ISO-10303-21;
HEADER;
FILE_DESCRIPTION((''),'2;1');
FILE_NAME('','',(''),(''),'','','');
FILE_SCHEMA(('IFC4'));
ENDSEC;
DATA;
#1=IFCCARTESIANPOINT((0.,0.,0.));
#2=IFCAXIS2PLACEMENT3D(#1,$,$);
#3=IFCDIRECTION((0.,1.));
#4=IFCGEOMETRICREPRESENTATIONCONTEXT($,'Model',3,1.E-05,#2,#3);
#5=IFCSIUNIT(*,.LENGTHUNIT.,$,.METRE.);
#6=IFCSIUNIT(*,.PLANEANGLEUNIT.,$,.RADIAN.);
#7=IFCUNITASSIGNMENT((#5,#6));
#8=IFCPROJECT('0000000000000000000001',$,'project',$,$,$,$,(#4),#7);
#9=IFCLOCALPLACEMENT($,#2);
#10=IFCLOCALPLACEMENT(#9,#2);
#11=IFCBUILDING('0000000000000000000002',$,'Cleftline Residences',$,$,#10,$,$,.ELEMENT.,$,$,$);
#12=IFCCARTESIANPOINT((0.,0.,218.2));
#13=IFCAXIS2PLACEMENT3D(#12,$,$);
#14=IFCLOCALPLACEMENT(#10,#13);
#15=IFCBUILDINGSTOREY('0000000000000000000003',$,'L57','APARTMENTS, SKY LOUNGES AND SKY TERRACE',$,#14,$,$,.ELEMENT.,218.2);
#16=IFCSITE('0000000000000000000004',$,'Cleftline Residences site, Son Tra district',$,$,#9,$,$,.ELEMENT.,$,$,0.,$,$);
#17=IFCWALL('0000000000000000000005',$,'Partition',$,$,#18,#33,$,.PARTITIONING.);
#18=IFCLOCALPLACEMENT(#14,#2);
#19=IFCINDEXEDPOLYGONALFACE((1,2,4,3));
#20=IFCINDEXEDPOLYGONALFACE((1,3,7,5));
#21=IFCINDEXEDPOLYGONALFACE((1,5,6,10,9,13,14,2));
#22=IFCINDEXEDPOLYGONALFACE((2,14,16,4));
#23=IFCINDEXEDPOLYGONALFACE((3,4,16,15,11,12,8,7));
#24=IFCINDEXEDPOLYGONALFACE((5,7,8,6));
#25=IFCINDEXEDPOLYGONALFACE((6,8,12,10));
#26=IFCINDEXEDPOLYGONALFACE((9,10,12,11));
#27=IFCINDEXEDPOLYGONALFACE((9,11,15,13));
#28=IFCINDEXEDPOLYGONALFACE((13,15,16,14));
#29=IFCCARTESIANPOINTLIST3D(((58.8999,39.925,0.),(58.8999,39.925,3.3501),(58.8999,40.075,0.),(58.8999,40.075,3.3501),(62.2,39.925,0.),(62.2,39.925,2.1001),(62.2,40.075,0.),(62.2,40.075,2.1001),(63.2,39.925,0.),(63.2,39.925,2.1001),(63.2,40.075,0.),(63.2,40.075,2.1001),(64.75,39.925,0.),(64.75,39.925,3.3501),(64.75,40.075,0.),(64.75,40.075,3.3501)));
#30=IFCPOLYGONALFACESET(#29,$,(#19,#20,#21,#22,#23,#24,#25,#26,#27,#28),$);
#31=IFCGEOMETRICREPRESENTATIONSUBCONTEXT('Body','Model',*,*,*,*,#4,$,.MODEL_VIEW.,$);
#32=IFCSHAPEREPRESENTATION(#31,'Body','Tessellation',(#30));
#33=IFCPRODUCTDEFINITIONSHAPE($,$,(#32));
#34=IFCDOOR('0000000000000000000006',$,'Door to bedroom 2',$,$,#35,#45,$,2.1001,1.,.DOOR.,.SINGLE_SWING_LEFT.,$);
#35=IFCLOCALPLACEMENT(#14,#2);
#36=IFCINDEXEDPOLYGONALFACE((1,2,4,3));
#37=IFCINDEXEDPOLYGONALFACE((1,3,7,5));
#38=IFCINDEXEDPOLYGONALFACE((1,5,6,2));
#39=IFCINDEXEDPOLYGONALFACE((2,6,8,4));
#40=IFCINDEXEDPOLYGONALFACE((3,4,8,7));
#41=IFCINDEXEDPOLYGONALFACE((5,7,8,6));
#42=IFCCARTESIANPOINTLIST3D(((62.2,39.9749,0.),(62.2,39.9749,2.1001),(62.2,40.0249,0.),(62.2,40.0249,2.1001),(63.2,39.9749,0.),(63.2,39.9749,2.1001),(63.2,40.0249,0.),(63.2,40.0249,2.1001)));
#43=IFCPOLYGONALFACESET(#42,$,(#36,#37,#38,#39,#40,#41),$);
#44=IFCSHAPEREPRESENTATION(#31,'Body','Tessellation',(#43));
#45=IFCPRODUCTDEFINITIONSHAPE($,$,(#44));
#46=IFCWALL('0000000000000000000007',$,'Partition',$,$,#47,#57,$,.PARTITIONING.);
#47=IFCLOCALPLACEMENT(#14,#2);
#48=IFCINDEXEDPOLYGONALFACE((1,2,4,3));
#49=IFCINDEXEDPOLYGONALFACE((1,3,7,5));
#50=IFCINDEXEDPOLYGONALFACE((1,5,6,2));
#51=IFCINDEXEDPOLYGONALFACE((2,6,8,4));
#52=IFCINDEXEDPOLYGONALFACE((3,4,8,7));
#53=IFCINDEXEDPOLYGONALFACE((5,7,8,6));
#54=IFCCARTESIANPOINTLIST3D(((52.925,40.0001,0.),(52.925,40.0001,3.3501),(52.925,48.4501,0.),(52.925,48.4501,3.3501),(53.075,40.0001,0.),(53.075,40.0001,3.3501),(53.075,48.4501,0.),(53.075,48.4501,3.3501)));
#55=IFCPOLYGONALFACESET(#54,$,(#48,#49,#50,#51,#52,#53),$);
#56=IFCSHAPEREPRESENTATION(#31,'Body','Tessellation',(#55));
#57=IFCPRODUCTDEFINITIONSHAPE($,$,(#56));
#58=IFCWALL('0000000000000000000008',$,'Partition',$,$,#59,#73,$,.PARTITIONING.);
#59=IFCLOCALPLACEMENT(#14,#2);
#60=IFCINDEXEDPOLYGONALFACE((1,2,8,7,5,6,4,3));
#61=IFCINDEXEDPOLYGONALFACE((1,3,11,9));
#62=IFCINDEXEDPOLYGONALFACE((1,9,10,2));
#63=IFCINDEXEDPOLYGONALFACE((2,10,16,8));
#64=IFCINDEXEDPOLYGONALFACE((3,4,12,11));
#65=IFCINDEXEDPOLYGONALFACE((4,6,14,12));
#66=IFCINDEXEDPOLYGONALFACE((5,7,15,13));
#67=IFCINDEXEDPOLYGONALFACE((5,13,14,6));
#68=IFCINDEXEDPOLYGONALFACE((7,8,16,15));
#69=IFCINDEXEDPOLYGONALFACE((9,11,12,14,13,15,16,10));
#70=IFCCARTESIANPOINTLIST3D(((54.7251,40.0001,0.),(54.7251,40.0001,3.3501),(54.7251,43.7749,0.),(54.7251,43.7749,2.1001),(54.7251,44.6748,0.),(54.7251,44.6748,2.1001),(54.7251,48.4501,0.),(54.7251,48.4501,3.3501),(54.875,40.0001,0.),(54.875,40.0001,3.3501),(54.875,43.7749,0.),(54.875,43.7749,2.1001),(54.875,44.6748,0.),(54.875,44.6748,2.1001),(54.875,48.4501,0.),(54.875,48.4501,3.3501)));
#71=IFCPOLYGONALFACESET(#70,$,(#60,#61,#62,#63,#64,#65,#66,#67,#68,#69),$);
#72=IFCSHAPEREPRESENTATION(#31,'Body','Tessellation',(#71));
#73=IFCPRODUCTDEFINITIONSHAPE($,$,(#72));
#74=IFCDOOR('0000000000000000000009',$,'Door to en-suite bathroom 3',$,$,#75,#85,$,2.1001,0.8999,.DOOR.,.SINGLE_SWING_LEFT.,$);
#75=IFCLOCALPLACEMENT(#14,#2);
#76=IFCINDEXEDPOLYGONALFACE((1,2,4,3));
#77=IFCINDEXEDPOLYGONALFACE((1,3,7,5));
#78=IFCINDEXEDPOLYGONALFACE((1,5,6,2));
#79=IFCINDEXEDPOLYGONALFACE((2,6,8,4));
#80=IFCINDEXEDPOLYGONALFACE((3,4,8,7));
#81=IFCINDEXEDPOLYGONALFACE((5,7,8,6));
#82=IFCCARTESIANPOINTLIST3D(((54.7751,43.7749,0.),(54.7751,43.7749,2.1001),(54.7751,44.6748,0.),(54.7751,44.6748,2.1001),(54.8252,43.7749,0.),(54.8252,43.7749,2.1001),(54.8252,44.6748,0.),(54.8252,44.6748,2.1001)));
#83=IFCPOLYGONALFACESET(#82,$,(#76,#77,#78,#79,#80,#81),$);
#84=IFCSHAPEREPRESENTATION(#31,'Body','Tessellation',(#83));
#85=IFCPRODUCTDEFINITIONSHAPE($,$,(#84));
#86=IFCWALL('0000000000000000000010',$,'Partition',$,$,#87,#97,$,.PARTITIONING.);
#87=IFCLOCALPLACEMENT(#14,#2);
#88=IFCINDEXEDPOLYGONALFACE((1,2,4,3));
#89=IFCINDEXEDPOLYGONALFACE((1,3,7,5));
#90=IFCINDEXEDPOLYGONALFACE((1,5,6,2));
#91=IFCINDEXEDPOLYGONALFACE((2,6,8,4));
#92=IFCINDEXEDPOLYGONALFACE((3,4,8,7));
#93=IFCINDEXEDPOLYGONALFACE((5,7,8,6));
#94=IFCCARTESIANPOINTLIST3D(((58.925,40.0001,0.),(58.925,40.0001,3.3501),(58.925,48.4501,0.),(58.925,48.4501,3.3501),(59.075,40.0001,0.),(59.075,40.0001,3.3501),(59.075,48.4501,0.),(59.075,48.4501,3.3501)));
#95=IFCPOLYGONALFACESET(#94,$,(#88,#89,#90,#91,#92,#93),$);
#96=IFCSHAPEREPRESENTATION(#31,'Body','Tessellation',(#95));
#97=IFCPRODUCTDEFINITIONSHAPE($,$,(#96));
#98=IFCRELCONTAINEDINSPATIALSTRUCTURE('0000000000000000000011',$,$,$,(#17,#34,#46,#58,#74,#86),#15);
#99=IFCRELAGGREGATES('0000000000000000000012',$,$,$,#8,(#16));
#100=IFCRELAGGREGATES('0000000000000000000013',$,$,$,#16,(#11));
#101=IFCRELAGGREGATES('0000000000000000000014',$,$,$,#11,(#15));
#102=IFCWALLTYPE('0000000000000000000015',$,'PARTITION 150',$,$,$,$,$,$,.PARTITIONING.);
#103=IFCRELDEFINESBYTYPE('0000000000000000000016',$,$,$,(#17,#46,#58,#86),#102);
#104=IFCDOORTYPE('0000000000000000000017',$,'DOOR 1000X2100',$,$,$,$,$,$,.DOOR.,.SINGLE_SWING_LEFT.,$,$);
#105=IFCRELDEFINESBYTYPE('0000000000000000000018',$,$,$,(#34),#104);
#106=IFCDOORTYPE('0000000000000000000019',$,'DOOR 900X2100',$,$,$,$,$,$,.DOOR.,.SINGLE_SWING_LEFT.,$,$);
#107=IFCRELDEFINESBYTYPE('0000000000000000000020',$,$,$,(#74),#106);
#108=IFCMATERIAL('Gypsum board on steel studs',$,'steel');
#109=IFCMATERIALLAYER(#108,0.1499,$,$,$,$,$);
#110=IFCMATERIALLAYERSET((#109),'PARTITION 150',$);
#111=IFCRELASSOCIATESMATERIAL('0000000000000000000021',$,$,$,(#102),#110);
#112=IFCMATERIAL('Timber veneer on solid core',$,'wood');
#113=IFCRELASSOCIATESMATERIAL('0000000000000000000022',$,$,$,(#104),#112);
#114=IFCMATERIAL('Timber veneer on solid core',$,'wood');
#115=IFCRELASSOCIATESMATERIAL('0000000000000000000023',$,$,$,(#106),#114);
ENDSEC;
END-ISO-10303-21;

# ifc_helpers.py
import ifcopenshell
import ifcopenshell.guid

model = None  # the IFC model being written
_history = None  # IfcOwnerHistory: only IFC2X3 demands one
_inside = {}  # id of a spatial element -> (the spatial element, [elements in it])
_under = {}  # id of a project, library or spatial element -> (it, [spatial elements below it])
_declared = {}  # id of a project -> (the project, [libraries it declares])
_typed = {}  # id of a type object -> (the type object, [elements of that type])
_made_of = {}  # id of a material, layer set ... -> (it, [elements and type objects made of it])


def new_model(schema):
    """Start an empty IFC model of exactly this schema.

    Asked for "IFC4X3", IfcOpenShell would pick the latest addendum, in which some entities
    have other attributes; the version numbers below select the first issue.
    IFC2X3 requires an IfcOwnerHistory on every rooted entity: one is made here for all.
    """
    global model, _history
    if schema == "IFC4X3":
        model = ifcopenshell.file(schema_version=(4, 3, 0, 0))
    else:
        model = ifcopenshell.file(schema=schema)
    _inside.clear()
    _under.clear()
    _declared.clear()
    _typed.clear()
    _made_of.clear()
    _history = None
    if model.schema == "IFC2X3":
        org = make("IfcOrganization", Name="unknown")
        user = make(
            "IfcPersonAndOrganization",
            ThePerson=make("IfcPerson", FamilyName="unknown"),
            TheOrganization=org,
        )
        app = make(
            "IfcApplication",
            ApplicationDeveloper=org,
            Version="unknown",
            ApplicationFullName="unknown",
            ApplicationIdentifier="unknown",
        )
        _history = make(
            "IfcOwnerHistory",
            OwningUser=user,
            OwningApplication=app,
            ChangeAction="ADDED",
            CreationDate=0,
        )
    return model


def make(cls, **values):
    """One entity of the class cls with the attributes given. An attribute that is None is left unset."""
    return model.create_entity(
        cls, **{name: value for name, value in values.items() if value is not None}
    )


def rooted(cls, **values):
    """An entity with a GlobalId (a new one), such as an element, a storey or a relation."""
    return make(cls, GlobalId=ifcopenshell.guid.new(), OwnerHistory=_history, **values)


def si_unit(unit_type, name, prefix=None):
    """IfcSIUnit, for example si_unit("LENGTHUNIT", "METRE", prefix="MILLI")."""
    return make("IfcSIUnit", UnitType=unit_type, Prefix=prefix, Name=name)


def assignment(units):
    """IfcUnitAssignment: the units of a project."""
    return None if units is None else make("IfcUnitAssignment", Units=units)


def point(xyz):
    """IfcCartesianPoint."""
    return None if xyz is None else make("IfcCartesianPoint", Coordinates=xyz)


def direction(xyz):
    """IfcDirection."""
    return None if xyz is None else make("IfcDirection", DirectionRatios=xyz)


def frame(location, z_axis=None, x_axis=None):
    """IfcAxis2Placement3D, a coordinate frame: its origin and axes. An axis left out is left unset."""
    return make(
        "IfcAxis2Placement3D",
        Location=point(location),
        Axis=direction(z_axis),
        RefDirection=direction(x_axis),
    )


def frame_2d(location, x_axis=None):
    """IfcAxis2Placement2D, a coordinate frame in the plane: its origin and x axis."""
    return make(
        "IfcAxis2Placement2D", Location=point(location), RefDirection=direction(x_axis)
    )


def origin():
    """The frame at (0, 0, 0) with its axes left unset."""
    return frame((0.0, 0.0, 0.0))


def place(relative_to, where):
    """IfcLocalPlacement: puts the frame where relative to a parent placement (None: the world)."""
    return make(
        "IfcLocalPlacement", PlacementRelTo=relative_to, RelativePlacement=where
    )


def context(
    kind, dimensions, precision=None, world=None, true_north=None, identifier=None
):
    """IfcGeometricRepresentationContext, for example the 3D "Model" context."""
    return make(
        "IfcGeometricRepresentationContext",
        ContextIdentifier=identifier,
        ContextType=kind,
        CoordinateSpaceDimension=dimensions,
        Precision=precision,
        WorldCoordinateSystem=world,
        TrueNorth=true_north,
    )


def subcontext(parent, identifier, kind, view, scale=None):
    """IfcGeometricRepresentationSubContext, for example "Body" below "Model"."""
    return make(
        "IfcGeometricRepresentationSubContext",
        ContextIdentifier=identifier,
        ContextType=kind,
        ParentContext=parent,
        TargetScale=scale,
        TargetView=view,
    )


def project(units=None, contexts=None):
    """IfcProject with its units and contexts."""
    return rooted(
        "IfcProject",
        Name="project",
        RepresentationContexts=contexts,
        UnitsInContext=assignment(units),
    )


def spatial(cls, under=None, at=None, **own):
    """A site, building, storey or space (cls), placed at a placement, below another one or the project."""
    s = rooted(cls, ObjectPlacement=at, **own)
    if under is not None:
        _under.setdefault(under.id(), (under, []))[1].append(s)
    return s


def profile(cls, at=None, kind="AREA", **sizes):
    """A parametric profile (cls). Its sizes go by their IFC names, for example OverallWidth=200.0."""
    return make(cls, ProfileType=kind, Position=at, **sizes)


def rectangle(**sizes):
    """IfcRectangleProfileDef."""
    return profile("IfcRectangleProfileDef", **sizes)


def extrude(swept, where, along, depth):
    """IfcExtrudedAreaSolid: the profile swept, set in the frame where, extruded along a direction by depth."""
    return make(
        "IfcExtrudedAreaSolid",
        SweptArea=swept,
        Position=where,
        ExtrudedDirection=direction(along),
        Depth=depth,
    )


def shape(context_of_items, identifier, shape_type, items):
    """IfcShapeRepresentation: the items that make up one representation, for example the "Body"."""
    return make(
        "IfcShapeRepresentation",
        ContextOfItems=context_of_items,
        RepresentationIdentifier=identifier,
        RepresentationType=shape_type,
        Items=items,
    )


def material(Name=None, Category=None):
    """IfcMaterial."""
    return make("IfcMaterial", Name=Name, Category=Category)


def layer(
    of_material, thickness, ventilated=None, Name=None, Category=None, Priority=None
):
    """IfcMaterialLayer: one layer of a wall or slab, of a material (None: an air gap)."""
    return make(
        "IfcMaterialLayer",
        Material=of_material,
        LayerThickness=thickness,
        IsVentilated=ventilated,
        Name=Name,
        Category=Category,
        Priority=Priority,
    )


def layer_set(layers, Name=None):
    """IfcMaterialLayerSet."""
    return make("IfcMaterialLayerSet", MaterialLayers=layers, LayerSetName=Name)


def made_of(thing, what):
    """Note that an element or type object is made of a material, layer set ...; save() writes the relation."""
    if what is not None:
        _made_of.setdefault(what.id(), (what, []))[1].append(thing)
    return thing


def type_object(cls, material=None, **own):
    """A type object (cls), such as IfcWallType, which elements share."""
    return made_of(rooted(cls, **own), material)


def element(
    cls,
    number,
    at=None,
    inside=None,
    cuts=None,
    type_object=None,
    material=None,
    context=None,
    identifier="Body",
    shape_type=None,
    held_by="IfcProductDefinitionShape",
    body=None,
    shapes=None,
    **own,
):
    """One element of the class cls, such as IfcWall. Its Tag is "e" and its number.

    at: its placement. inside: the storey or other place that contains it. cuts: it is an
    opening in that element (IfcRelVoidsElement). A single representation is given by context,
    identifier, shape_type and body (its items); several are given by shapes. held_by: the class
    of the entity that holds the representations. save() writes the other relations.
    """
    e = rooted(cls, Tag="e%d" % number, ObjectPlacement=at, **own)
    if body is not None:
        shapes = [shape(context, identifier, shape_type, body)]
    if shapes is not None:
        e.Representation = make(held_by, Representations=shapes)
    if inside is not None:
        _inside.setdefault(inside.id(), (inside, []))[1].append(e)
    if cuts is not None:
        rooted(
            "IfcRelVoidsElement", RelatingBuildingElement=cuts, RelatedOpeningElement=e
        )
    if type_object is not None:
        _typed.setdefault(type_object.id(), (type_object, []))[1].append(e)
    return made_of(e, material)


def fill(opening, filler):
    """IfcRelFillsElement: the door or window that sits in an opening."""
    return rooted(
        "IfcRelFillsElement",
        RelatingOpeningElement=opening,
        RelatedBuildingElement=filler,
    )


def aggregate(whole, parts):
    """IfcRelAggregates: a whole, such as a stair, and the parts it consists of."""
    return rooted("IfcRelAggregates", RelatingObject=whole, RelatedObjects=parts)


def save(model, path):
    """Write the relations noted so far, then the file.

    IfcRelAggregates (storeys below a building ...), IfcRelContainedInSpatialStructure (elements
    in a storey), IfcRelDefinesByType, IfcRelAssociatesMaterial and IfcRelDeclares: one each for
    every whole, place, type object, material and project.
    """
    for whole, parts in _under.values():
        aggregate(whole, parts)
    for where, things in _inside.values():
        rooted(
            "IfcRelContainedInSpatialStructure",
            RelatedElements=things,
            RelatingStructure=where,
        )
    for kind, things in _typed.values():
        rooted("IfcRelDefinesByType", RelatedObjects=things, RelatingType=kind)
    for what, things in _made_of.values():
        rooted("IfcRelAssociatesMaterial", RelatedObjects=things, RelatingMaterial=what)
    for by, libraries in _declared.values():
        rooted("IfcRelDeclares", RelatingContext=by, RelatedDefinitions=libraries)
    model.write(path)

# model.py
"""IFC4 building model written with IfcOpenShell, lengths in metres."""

from ifc_helpers import new_model, si_unit, direction, frame, frame_2d, origin, place, context, subcontext, project, spatial, rectangle, extrude, material, layer, layer_set, type_object, element, fill, save


model = new_model("IFC4")

# Units and contexts
model_context = context("Model", 3, precision=1e-05, world=origin(), true_north=direction((0.0, 1.0)))
body_context = subcontext(model_context, "Body", "Model", "MODEL_VIEW")
ifc_project = project(units=[si_unit("LENGTHUNIT", "METRE"), si_unit("PLANEANGLEUNIT", "RADIAN")], contexts=[model_context])

# Site, building, storey
site_placement = place(None, origin())
site = spatial("IfcSite", under=ifc_project, at=site_placement, Name="Cleftline Residences site, Son Tra district", CompositionType="ELEMENT", RefElevation=0.0)
building_placement = place(site_placement, origin())
building = spatial("IfcBuilding", under=site, at=building_placement, Name="Cleftline Residences", CompositionType="ELEMENT")
storey_placement = place(building_placement, frame((0.0, 0.0, 218.2)))
storey = spatial("IfcBuildingStorey", under=building, at=storey_placement, Name="L57", Description="APARTMENTS, SKY LOUNGES AND SKY TERRACE", CompositionType="ELEMENT", Elevation=218.2)

# Shared definitions
ifc_material_1 = material(Name="Gypsum board on steel studs", Category="steel")
ifc_layer = layer(ifc_material_1, 0.1499)
ifc_layer_set = layer_set([ifc_layer], Name="PARTITION 150")
wall_type = type_object("IfcWallType", Name="PARTITION 150", PredefinedType="PARTITIONING", material=ifc_layer_set)
ifc_material_2 = material(Name="Timber veneer on solid core", Category="wood")
door_type_1 = type_object("IfcDoorType", Name="DOOR 1000X2100", OperationType="SINGLE_SWING_LEFT", PredefinedType="DOOR", material=ifc_material_2)

# Wall, opening, door
wall_1_placement = place(storey_placement, frame((58.8999, 40.0, 0.0), z_axis=(0.0, 0.0, 1.0), x_axis=(1.0, 0.0, 0.0)))
wall_1 = element("IfcWall", 1, at=wall_1_placement, inside=storey, type_object=wall_type, Name="Partition", PredefinedType="PARTITIONING", context=body_context, shape_type="SweptSolid", body=[
    extrude(rectangle(XDim=5.8501, YDim=0.1499, at=frame_2d((2.925, 0.0))), origin(), (0.0, 0.0, 1.0), 3.3501),
])
opening_1_placement = place(wall_1_placement, frame((3.3, 0.0, 0.0)))
opening_1 = element("IfcOpeningElement", 2, at=opening_1_placement, cuts=wall_1, PredefinedType="OPENING", context=body_context, shape_type="SweptSolid", body=[
    extrude(rectangle(XDim=1.0, YDim=2.1001, at=frame_2d((0.5, 1.05))), frame((0.0, 0.085, 0.0), z_axis=(0.0, -1.0, 0.0), x_axis=(1.0, 0.0, 0.0)), (0.0, 0.0, 1.0), 0.1699),
])
door_1_placement = place(opening_1_placement, origin())
door_1 = element("IfcDoor", 3, at=door_1_placement, inside=storey, type_object=door_type_1, Name="Door to bedroom 2", OperationType="SINGLE_SWING_LEFT", OverallHeight=2.1001, OverallWidth=1.0, PredefinedType="DOOR", context=body_context, shape_type="SweptSolid", body=[
    extrude(rectangle(XDim=1.0, YDim=2.1001, at=frame_2d((0.5, 1.05))), frame((0.0, 0.0249, 0.0), z_axis=(0.0, -1.0, 0.0), x_axis=(1.0, 0.0, 0.0)), (0.0, 0.0, 1.0), 0.05),
])
fill(opening_1, door_1)

# Wall
wall_2_placement = place(storey_placement, frame((53.0, 40.0, 0.0), z_axis=(0.0, 0.0, 1.0), x_axis=(0.0, 1.0, 0.0)))
element("IfcWall", 4, at=wall_2_placement, inside=storey, type_object=wall_type, Name="Partition", PredefinedType="PARTITIONING", context=body_context, shape_type="SweptSolid", body=[
    extrude(rectangle(XDim=8.45, YDim=0.1499, at=frame_2d((4.2251, 0.0))), origin(), (0.0, 0.0, 1.0), 3.3501),
])

# Wall, opening, door
wall_3_placement = place(storey_placement, frame((54.8, 40.0, 0.0), z_axis=(0.0, 0.0, 1.0), x_axis=(0.0, 1.0, 0.0)))
wall_3 = element("IfcWall", 5, at=wall_3_placement, inside=storey, type_object=wall_type, Name="Partition", PredefinedType="PARTITIONING", context=body_context, shape_type="SweptSolid", body=[
    extrude(rectangle(XDim=8.45, YDim=0.1499, at=frame_2d((4.2251, 0.0))), origin(), (0.0, 0.0, 1.0), 3.3501),
])
opening_2_placement = place(wall_3_placement, frame((3.7749, 0.0, 0.0)))
opening_2 = element("IfcOpeningElement", 6, at=opening_2_placement, cuts=wall_3, PredefinedType="OPENING", context=body_context, shape_type="SweptSolid", body=[
    extrude(rectangle(XDim=0.8999, YDim=2.1001, at=frame_2d((0.45, 1.05))), frame((0.0, 0.085, 0.0), z_axis=(0.0, -1.0, 0.0), x_axis=(1.0, 0.0, 0.0)), (0.0, 0.0, 1.0), 0.1699),
])
ifc_material_3 = material(Name="Timber veneer on solid core", Category="wood")
door_type_2 = type_object("IfcDoorType", Name="DOOR 900X2100", OperationType="SINGLE_SWING_LEFT", PredefinedType="DOOR", material=ifc_material_3)
door_2_placement = place(opening_2_placement, origin())
door_2 = element("IfcDoor", 7, at=door_2_placement, inside=storey, type_object=door_type_2, Name="Door to en-suite bathroom 3", OperationType="SINGLE_SWING_LEFT", OverallHeight=2.1001, OverallWidth=0.8999, PredefinedType="DOOR", context=body_context, shape_type="SweptSolid", body=[
    extrude(rectangle(XDim=0.8999, YDim=2.1001, at=frame_2d((0.45, 1.05))), frame((0.0, 0.0249, 0.0), z_axis=(0.0, -1.0, 0.0), x_axis=(1.0, 0.0, 0.0)), (0.0, 0.0, 1.0), 0.05),
])
fill(opening_2, door_2)

# Wall
wall_4_placement = place(storey_placement, frame((59.0, 40.0, 0.0), z_axis=(0.0, 0.0, 1.0), x_axis=(0.0, 1.0, 0.0)))
element("IfcWall", 8, at=wall_4_placement, inside=storey, type_object=wall_type, Name="Partition", PredefinedType="PARTITIONING", context=body_context, shape_type="SweptSolid", body=[
    extrude(rectangle(XDim=8.45, YDim=0.1499, at=frame_2d((4.2251, 0.0))), origin(), (0.0, 0.0, 1.0), 3.3501),
])

save(model, "model.ifc")
